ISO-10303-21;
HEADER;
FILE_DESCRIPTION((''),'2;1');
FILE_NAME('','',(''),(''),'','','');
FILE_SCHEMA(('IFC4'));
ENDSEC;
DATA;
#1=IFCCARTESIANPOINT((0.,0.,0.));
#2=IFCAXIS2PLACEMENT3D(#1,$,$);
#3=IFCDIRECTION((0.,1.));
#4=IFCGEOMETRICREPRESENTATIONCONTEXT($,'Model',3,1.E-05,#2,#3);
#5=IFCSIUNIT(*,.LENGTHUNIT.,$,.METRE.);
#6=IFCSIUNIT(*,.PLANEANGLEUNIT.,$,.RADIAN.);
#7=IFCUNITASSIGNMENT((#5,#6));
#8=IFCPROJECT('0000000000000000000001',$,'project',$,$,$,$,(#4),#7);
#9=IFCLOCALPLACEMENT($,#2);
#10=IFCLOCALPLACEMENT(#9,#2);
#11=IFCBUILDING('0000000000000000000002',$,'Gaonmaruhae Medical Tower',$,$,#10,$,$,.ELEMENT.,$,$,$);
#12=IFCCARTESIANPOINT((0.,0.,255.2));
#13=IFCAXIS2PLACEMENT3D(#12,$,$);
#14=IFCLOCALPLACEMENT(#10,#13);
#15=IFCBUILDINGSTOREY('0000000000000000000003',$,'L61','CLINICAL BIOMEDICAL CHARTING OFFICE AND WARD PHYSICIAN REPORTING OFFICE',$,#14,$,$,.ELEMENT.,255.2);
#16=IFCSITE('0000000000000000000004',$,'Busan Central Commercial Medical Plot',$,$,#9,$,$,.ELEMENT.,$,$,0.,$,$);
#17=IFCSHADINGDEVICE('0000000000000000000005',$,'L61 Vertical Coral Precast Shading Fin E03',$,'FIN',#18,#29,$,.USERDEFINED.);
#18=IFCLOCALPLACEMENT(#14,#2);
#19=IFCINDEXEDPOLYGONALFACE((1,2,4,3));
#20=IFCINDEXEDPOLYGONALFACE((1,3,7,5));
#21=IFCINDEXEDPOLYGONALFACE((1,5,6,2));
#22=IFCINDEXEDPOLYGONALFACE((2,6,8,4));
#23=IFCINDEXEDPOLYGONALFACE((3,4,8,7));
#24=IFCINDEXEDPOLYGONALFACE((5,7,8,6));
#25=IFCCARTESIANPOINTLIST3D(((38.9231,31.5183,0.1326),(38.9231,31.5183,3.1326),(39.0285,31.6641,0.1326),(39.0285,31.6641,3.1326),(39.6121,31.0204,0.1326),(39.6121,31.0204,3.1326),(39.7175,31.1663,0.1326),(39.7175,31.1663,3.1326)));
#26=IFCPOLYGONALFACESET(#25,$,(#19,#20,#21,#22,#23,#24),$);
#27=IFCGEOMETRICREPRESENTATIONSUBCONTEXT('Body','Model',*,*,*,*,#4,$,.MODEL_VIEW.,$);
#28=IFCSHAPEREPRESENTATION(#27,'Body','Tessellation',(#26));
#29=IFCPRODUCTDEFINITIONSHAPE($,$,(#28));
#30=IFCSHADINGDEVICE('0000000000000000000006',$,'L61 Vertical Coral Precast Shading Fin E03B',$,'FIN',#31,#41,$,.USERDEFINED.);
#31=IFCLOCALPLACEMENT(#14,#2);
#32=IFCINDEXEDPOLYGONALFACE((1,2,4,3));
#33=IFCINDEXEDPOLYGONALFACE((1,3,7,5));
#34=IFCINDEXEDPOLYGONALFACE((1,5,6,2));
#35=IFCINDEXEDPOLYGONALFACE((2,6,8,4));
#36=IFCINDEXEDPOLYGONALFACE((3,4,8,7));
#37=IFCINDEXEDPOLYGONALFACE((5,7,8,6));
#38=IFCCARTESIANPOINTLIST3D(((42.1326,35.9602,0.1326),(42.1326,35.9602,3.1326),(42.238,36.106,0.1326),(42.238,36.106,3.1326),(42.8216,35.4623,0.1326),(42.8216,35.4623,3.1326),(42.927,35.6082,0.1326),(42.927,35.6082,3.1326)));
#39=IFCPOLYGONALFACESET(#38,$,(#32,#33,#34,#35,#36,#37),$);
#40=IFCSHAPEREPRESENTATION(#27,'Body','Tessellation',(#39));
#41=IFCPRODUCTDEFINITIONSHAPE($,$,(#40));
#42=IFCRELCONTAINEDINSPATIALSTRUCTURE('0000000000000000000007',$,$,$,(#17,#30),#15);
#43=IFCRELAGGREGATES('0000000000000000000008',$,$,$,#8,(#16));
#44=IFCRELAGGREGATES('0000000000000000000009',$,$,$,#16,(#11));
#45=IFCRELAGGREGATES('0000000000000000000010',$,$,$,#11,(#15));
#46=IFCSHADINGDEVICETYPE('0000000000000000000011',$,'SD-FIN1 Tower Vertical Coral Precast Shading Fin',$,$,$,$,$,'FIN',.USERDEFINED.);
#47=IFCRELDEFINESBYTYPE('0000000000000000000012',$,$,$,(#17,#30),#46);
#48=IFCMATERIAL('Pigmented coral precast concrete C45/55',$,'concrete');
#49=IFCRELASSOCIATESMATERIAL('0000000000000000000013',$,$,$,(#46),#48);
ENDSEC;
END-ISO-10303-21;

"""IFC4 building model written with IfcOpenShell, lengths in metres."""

from ifc_helpers import new_model, si_unit, direction, frame, origin, origin_2d, place, context, subcontext, project, spatial, rectangle, extrude, material, type_object, element, save


model = new_model("IFC4")

# Units and contexts
model_context = context("Model", 3, precision=1e-05, world=origin(), true_north=direction((0.0, 1.0)))
body_context = subcontext(model_context, "Body", "Model", "MODEL_VIEW")
ifc_project = project(units=[si_unit("LENGTHUNIT", "METRE"), si_unit("PLANEANGLEUNIT", "RADIAN")], contexts=[model_context])

# Site, building, storey
site_placement = place(None, origin())
site = spatial("IfcSite", under=ifc_project, at=site_placement, Name="Busan Central Commercial Medical Plot", CompositionType="ELEMENT", RefElevation=0.0)
building_placement = place(site_placement, origin())
building = spatial("IfcBuilding", under=site, at=building_placement, Name="Gaonmaruhae Medical Tower", CompositionType="ELEMENT")
storey_placement = place(building_placement, frame((0.0, 0.0, 255.2)))
storey = spatial("IfcBuildingStorey", under=building, at=storey_placement, Name="L61", Description="CLINICAL BIOMEDICAL CHARTING OFFICE AND WARD PHYSICIAN REPORTING OFFICE", CompositionType="ELEMENT", Elevation=255.2)

# Shading devices
ifc_material_1 = material(Name="Pigmented coral precast concrete C45/55", Category="concrete")
shading_device_type = type_object("IfcShadingDeviceType", Name="SD-FIN1 Tower Vertical Coral Precast Shading Fin", ElementType="FIN", PredefinedType="USERDEFINED", material=ifc_material_1)
for number, where, z_axis, x_axis, name in (
    (1, (39.3203, 31.3423, 0.1326), (0.0, 0.0, 1.0), (0.585665, 0.810553, 0.0), "L61 Vertical Coral Precast Shading Fin E03"),
    (2, (42.5298, 35.7842, 0.1326), (0.0, 0.0, 1.0), (0.585665, 0.810553, 0.0), "L61 Vertical Coral Precast Shading Fin E03B"),
):
    element("IfcShadingDevice", number, at=place(storey_placement, frame(where, z_axis=z_axis, x_axis=x_axis)), inside=storey, type_object=shading_device_type, Name=name, ObjectType="FIN", PredefinedType="USERDEFINED", context=body_context, shape_type="SweptSolid", body=[
        extrude(rectangle(XDim=0.1799, YDim=0.8501, at=origin_2d()), origin(), (0.0, 0.0, 1.0), 3.0),
    ])

save(model, "model.ifc")
